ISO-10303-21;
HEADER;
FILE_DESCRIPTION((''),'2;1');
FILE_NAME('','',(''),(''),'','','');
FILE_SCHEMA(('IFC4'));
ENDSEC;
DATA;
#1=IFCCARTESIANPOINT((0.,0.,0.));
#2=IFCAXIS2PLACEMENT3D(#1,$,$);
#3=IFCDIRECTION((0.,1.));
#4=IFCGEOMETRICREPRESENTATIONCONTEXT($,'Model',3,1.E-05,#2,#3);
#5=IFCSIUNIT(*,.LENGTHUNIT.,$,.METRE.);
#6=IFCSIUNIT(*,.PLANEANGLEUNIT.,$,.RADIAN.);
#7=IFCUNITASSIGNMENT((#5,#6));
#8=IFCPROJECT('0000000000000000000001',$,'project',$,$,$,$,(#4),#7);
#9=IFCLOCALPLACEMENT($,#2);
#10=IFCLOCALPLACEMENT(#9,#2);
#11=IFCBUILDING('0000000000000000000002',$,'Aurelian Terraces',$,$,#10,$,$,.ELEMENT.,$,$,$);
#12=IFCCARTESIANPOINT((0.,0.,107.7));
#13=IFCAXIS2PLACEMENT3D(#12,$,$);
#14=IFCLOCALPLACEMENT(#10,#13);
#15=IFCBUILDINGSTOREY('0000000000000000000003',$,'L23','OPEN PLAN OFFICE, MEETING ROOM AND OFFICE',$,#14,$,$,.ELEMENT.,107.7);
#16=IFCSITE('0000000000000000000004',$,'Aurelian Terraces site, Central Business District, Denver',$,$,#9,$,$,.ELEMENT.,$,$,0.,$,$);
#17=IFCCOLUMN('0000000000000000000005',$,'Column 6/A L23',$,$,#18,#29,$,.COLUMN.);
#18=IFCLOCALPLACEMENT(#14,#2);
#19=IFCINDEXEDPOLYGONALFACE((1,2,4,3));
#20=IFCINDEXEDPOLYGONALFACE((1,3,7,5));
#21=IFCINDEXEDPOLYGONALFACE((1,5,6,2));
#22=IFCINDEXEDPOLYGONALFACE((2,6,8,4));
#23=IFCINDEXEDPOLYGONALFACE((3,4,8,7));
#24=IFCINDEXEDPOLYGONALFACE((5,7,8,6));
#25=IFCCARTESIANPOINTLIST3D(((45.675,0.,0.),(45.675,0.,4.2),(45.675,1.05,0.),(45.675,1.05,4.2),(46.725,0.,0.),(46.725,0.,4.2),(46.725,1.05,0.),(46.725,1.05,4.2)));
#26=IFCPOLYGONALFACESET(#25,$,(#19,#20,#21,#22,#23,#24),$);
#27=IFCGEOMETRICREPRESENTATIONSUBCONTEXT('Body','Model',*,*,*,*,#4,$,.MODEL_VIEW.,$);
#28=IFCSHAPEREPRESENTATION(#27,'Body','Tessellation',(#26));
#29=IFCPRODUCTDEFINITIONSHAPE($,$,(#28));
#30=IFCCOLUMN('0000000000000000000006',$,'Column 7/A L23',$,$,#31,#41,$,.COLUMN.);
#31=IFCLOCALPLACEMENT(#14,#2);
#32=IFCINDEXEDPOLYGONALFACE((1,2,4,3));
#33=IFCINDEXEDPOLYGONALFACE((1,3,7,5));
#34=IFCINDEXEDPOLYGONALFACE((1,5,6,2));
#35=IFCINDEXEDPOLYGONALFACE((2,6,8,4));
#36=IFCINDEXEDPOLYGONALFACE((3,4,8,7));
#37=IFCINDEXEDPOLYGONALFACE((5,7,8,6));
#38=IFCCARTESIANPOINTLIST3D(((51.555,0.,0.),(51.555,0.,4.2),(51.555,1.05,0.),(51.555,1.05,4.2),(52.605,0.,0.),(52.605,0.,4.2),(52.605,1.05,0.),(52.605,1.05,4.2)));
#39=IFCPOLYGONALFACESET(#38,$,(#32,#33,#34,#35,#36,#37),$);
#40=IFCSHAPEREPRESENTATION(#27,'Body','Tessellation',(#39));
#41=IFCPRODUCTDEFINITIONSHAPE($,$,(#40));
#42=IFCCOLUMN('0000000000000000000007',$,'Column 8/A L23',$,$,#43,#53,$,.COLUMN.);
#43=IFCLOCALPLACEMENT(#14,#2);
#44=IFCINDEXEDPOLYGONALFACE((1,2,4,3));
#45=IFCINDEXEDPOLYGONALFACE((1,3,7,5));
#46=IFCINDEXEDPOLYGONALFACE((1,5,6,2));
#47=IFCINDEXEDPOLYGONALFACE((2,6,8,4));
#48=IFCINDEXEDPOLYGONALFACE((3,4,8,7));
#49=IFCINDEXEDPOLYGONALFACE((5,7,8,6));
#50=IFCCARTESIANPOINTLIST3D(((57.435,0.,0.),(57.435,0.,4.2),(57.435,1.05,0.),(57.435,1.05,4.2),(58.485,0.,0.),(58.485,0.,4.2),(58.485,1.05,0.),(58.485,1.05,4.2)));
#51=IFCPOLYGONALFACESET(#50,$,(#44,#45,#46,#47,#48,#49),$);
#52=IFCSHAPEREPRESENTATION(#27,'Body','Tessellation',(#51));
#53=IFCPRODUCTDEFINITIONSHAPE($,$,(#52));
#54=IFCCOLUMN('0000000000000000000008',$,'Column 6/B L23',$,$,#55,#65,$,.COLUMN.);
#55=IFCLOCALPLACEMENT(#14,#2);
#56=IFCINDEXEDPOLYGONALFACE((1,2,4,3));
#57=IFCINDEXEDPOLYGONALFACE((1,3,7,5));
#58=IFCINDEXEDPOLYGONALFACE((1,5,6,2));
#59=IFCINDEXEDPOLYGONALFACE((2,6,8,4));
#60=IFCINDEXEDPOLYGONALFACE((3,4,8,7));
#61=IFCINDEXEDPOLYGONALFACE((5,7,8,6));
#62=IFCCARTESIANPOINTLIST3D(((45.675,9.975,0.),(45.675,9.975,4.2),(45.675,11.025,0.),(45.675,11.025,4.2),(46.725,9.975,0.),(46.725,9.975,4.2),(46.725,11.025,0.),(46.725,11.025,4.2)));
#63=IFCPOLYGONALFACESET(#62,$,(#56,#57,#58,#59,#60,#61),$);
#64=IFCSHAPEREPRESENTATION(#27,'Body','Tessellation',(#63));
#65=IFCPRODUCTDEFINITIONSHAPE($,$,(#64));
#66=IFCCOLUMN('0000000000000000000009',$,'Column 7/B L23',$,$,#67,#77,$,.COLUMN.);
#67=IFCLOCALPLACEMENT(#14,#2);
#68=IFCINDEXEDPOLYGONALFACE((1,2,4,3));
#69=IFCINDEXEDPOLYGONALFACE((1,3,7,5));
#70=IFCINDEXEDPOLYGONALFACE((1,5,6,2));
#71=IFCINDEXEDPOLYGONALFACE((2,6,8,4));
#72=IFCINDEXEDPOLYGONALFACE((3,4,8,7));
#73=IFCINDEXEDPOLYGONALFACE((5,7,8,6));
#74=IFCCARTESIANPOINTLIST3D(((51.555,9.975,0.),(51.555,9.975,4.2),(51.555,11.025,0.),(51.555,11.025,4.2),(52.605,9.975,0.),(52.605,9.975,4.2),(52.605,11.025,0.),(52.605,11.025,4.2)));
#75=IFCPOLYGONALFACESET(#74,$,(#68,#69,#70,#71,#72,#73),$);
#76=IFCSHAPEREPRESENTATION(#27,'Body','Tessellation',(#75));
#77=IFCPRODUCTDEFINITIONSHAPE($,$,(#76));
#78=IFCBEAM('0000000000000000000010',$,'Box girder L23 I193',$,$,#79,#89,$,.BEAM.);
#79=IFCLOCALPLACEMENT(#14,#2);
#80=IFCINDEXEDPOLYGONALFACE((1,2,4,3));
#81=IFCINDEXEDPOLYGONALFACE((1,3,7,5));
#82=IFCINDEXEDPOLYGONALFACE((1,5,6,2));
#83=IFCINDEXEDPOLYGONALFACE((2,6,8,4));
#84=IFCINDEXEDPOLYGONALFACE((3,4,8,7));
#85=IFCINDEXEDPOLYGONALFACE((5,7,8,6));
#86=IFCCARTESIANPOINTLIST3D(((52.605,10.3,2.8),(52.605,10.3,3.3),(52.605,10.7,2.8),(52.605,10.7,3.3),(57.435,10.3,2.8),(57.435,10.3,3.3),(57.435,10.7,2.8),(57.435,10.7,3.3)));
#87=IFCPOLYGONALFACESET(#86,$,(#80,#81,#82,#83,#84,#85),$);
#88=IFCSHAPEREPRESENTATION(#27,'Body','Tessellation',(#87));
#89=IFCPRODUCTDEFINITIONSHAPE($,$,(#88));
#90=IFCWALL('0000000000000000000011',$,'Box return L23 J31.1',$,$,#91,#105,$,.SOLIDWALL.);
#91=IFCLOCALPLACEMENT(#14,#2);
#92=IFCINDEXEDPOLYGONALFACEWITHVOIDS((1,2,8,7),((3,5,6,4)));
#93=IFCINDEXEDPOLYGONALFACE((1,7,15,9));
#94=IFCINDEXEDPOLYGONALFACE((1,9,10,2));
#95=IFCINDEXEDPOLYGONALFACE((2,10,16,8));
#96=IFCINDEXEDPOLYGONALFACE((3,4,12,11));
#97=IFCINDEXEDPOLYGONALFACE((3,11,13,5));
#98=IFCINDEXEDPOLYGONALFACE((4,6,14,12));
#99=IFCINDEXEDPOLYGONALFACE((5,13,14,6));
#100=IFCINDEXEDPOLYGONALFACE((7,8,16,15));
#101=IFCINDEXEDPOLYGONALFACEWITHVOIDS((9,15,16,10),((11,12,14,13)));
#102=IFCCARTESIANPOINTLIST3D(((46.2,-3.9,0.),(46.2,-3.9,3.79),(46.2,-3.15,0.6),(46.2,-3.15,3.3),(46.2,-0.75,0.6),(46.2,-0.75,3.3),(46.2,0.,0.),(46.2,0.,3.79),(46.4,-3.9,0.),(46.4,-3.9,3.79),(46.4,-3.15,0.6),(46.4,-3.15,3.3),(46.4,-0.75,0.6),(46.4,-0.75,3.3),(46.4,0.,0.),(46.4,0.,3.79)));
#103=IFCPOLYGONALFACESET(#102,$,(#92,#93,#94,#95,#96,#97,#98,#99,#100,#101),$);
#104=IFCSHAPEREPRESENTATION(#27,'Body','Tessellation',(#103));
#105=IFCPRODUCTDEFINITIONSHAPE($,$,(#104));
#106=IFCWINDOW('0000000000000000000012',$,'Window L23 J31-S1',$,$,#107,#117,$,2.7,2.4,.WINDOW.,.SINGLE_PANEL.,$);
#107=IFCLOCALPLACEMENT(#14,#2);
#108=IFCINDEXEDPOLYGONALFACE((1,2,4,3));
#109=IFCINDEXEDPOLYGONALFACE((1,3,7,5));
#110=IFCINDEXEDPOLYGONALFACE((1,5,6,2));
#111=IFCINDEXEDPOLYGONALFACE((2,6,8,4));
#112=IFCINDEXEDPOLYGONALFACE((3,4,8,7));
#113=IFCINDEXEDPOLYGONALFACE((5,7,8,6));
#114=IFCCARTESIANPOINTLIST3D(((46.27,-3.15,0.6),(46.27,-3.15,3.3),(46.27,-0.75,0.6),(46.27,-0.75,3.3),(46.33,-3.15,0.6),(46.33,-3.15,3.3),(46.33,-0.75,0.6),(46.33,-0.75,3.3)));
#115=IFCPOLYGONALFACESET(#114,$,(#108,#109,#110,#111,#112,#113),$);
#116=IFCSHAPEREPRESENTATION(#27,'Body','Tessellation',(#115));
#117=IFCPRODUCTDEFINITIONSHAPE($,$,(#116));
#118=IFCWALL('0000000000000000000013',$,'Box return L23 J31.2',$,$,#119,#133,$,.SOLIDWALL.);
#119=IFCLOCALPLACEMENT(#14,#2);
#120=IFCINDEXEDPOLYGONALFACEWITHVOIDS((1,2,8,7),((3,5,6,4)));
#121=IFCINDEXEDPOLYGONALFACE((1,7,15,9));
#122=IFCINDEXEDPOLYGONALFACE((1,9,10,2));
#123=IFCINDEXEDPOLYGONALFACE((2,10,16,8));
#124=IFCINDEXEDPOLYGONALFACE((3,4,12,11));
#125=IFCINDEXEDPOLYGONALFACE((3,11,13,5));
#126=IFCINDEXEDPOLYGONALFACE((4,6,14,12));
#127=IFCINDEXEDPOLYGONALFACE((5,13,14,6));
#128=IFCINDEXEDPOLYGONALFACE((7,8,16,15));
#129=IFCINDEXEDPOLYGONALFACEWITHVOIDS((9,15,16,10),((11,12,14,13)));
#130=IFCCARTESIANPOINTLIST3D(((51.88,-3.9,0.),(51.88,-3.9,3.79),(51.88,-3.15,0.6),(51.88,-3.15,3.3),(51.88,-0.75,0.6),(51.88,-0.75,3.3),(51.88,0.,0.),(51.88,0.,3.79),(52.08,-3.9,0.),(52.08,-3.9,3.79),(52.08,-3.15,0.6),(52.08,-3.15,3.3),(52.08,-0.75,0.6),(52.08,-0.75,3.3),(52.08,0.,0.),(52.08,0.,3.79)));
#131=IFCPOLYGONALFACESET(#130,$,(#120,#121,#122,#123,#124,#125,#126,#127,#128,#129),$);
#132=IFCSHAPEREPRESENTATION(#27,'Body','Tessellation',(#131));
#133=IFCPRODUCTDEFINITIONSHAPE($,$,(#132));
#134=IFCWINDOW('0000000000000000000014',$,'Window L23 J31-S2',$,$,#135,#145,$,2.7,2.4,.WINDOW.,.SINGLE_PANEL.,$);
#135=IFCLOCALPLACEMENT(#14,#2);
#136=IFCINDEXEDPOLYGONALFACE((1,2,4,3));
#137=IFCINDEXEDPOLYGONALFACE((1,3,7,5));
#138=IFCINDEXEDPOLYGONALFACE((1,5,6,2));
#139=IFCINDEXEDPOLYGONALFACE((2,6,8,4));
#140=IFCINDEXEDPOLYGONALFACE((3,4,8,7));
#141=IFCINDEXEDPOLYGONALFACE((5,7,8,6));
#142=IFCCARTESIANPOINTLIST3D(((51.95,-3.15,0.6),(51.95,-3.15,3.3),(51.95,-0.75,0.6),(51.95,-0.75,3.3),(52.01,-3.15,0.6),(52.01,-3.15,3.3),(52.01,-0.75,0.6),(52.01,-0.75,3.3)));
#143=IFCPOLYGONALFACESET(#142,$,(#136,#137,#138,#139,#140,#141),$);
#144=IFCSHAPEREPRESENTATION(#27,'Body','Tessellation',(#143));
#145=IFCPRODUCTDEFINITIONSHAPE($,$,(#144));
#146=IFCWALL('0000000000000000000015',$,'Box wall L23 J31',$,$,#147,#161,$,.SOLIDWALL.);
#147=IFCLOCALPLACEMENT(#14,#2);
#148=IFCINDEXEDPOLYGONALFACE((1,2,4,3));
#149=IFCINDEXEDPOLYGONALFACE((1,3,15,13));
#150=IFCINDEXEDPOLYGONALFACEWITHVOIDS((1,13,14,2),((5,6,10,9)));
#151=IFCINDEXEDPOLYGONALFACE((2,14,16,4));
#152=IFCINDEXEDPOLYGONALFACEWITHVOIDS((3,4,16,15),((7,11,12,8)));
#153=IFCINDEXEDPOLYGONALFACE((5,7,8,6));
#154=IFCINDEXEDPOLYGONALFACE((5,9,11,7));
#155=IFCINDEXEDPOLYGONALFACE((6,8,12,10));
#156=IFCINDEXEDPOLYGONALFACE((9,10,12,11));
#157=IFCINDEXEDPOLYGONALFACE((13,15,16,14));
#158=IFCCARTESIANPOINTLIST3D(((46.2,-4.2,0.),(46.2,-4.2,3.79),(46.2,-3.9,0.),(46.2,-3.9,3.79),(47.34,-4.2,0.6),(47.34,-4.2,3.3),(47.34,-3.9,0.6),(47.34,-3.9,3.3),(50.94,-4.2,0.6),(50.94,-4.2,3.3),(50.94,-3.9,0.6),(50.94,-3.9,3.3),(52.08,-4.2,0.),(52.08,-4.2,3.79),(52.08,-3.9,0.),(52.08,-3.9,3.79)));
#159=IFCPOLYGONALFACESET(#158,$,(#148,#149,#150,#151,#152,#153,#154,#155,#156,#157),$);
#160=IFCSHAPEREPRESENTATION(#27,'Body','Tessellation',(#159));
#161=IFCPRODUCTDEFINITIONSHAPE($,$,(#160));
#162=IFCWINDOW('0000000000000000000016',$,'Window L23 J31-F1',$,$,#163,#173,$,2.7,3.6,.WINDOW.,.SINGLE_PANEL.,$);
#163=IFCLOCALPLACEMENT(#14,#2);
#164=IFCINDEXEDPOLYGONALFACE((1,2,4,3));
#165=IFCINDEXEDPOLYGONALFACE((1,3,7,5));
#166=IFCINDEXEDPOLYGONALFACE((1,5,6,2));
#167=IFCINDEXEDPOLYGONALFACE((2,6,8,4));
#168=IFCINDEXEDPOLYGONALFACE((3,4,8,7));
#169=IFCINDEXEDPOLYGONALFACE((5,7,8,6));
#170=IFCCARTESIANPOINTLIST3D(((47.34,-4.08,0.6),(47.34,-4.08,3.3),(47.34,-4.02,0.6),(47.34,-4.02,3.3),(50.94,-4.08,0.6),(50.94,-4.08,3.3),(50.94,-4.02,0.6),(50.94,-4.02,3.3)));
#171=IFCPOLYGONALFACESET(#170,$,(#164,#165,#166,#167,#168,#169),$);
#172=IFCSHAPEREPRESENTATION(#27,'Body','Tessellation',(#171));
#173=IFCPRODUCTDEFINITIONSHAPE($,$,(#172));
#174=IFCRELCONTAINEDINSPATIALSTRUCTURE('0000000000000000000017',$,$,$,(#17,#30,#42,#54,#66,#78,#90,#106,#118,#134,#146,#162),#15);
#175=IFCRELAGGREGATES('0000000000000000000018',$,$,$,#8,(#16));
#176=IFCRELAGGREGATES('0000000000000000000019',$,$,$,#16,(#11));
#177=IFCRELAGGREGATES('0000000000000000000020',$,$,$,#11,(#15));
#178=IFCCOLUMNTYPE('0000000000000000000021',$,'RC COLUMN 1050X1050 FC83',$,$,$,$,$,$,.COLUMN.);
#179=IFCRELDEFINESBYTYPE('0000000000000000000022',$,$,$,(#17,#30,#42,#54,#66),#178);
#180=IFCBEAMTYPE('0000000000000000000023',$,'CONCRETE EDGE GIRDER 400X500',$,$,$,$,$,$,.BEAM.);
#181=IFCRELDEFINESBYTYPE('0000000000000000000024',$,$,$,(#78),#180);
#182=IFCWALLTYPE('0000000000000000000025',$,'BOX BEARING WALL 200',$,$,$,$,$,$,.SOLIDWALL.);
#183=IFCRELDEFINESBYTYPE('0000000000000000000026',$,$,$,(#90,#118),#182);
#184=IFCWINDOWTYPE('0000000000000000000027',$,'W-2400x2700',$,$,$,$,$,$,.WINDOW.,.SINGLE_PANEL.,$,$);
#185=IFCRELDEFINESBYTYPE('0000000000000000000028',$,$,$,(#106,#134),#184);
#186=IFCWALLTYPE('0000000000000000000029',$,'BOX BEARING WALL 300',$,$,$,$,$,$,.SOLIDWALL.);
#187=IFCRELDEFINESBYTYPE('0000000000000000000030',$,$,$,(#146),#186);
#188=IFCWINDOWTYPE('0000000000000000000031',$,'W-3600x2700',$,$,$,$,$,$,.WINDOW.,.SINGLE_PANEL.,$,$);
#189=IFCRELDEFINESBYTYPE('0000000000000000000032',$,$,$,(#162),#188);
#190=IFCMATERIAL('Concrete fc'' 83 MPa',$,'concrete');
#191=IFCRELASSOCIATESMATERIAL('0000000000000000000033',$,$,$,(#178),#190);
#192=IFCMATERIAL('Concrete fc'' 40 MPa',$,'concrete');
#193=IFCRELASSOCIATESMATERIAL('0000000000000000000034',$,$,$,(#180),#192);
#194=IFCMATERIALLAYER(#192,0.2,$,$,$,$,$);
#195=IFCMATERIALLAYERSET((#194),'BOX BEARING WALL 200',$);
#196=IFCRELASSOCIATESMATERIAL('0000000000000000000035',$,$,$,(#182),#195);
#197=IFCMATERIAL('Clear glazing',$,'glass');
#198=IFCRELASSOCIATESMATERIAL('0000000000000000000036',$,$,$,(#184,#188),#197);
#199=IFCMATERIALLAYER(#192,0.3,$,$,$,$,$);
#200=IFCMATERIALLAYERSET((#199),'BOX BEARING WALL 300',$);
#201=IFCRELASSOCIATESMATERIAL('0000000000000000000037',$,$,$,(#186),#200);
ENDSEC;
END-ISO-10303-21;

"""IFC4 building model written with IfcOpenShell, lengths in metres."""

from ifc_helpers import new_model, si_unit, direction, frame, frame_2d, origin, origin_2d, place, context, subcontext, project, spatial, rectangle, extrude, source, transform, mapped, material, layer, layer_set, material_profile, profile_set, type_object, element, fill, save


model = new_model("IFC4")

# Units and contexts
model_context = context("Model", 3, precision=1e-05, world=origin(), true_north=direction((0.0, 1.0)))
body_context = subcontext(model_context, "Body", "Model", "MODEL_VIEW")
ifc_project = project(units=[si_unit("LENGTHUNIT", "METRE"), si_unit("PLANEANGLEUNIT", "RADIAN")], contexts=[model_context])

# Site, building, storey
site_placement = place(None, origin())
site = spatial("IfcSite", under=ifc_project, at=site_placement, Name="Aurelian Terraces site, Central Business District, Denver", CompositionType="ELEMENT", RefElevation=0.0)
building_placement = place(site_placement, origin())
building = spatial("IfcBuilding", under=site, at=building_placement, Name="Aurelian Terraces", CompositionType="ELEMENT")
storey_placement = place(building_placement, frame((0.0, 0.0, 107.7)))
storey = spatial("IfcBuildingStorey", under=building, at=storey_placement, Name="L23", Description="OPEN PLAN OFFICE, MEETING ROOM AND OFFICE", CompositionType="ELEMENT", Elevation=107.7)

# Columns
ifc_material_1 = material(Name="Concrete fc' 83 MPa", Category="concrete")
ifc_material_profile_1 = material_profile(ifc_material_1, rectangle(XDim=1.05, YDim=1.05, at=origin_2d()))
ifc_profile_set_1 = profile_set([ifc_material_profile_1], Name="Concrete fc' 83 MPa")
column_type = type_object("IfcColumnType", Name="RC COLUMN 1050X1050 FC83", PredefinedType="COLUMN", material=ifc_profile_set_1)
shared_shape_1 = source(origin(), body_context, "Body", "SweptSolid", [
    extrude(rectangle(XDim=1.05, YDim=1.05, at=origin_2d()), origin(), (0.0, 0.0, 1.0), 4.2),
])
for number, where, z_axis, x_axis, name in (
    (1, (46.2, 0.525, 0.0), (0.0, 0.0, 1.0), (1.0, 0.0, 0.0), "Column 6/A L23"),
    (2, (52.08, 0.525, 0.0), (0.0, 0.0, 1.0), (1.0, 0.0, 0.0), "Column 7/A L23"),
    (3, (57.96, 0.525, 0.0), (0.0, 0.0, 1.0), (1.0, 0.0, 0.0), "Column 8/A L23"),
    (4, (46.2, 10.5, 0.0), (0.0, 0.0, 1.0), (1.0, 0.0, 0.0), "Column 6/B L23"),
    (5, (52.08, 10.5, 0.0), (0.0, 0.0, 1.0), (1.0, 0.0, 0.0), "Column 7/B L23"),
):
    element("IfcColumn", number, at=place(storey_placement, frame(where, z_axis=z_axis, x_axis=x_axis)), inside=storey, type_object=column_type, Name=name, PredefinedType="COLUMN", context=body_context, shape_type="MappedRepresentation", body=[
        mapped(shared_shape_1, transform((0.0, 0.0, 0.0), scale=1.0)),
    ])

# Beam
ifc_material_2 = material(Name="Concrete fc' 40 MPa", Category="concrete")
ifc_material_profile_2 = material_profile(ifc_material_2, rectangle(XDim=0.4, YDim=0.5, at=origin_2d()))
ifc_profile_set_2 = profile_set([ifc_material_profile_2], Name="Concrete fc' 40 MPa")
beam_type = type_object("IfcBeamType", Name="CONCRETE EDGE GIRDER 400X500", PredefinedType="BEAM", material=ifc_profile_set_2)
shared_shape_2 = source(origin(), body_context, "Body", "SweptSolid", [
    extrude(rectangle(XDim=0.4, YDim=0.5, at=origin_2d()), origin(), (0.0, 0.0, 1.0), 4.83),
])
beam_placement = place(storey_placement, frame((52.605, 10.5, 3.05), z_axis=(1.0, 0.0, 0.0), x_axis=(0.0, 1.0, 0.0)))
element("IfcBeam", 6, at=beam_placement, inside=storey, type_object=beam_type, Name="Box girder L23 I193", PredefinedType="BEAM", context=body_context, shape_type="MappedRepresentation", body=[
    mapped(shared_shape_2, transform((0.0, 0.0, 0.0), scale=1.0)),
])

# Walls, openings, windows
ifc_layer_1 = layer(ifc_material_2, 0.2)
ifc_layer_set_1 = layer_set([ifc_layer_1], Name="BOX BEARING WALL 200")
wall_type_1 = type_object("IfcWallType", Name="BOX BEARING WALL 200", PredefinedType="SOLIDWALL", material=ifc_layer_set_1)
shared_shape_3 = source(origin(), body_context, "Body", "SweptSolid", [
    extrude(rectangle(XDim=3.9, YDim=0.2, at=frame_2d((1.95, 0.0))), origin(), (0.0, 0.0, 1.0), 3.79),
])
wall_1_placement = place(storey_placement, frame((46.3, 0.0, 0.0), z_axis=(0.0, 0.0, 1.0), x_axis=(0.0, -1.0, 0.0)))
wall_1 = element("IfcWall", 7, at=wall_1_placement, inside=storey, type_object=wall_type_1, Name="Box return L23 J31.1", PredefinedType="SOLIDWALL", context=body_context, shape_type="MappedRepresentation", body=[
    mapped(shared_shape_3, transform((0.0, 0.0, 0.0), scale=1.0)),
])
shared_shape_4 = source(origin(), body_context, "Body", "SweptSolid", [
    extrude(rectangle(XDim=2.4, YDim=2.7, at=frame_2d((1.2, 1.35))), frame((0.0, 0.11, 0.0), z_axis=(0.0, -1.0, 0.0), x_axis=(1.0, 0.0, 0.0)), (0.0, 0.0, 1.0), 0.22),
])
opening_1_placement = place(wall_1_placement, frame((0.75, 0.0, 0.6)))
opening_1 = element("IfcOpeningElement", 8, at=opening_1_placement, cuts=wall_1, PredefinedType="OPENING", context=body_context, shape_type="MappedRepresentation", body=[
    mapped(shared_shape_4, transform((0.0, 0.0, 0.0), scale=1.0)),
])
ifc_material_3 = material(Name="Clear glazing", Category="glass")
window_type_1 = type_object("IfcWindowType", Name="W-2400x2700", PartitioningType="SINGLE_PANEL", PredefinedType="WINDOW", material=ifc_material_3)
shared_shape_5 = source(origin(), body_context, "Body", "SweptSolid", [
    extrude(rectangle(XDim=2.4, YDim=2.7, at=frame_2d((1.2, 1.35))), frame((0.0, 0.03, 0.0), z_axis=(0.0, -1.0, 0.0), x_axis=(1.0, 0.0, 0.0)), (0.0, 0.0, 1.0), 0.06),
])
window_1_placement = place(opening_1_placement, origin())
window_1 = element("IfcWindow", 9, at=window_1_placement, inside=storey, type_object=window_type_1, Name="Window L23 J31-S1", OverallHeight=2.7, OverallWidth=2.4, PartitioningType="SINGLE_PANEL", PredefinedType="WINDOW", context=body_context, shape_type="MappedRepresentation", body=[
    mapped(shared_shape_5, transform((0.0, 0.0, 0.0), scale=1.0)),
])
fill(opening_1, window_1)
wall_2_placement = place(storey_placement, frame((51.98, 0.0, 0.0), z_axis=(0.0, 0.0, 1.0), x_axis=(0.0, -1.0, 0.0)))
wall_2 = element("IfcWall", 10, at=wall_2_placement, inside=storey, type_object=wall_type_1, Name="Box return L23 J31.2", PredefinedType="SOLIDWALL", context=body_context, shape_type="MappedRepresentation", body=[
    mapped(shared_shape_3, transform((0.0, 0.0, 0.0), scale=1.0)),
])
opening_2_placement = place(wall_2_placement, frame((0.75, 0.0, 0.6)))
opening_2 = element("IfcOpeningElement", 11, at=opening_2_placement, cuts=wall_2, PredefinedType="OPENING", context=body_context, shape_type="MappedRepresentation", body=[
    mapped(shared_shape_4, transform((0.0, 0.0, 0.0), scale=1.0)),
])
window_2_placement = place(opening_2_placement, origin())
window_2 = element("IfcWindow", 12, at=window_2_placement, inside=storey, type_object=window_type_1, Name="Window L23 J31-S2", OverallHeight=2.7, OverallWidth=2.4, PartitioningType="SINGLE_PANEL", PredefinedType="WINDOW", context=body_context, shape_type="MappedRepresentation", body=[
    mapped(shared_shape_5, transform((0.0, 0.0, 0.0), scale=1.0)),
])
fill(opening_2, window_2)
ifc_layer_2 = layer(ifc_material_2, 0.3)
ifc_layer_set_2 = layer_set([ifc_layer_2], Name="BOX BEARING WALL 300")
wall_type_2 = type_object("IfcWallType", Name="BOX BEARING WALL 300", PredefinedType="SOLIDWALL", material=ifc_layer_set_2)
shared_shape_6 = source(origin(), body_context, "Body", "SweptSolid", [
    extrude(rectangle(XDim=5.88, YDim=0.3, at=frame_2d((2.94, 0.0))), origin(), (0.0, 0.0, 1.0), 3.79),
])
wall_3_placement = place(storey_placement, frame((46.2, -4.05, 0.0), z_axis=(0.0, 0.0, 1.0), x_axis=(1.0, 0.0, 0.0)))
wall_3 = element("IfcWall", 13, at=wall_3_placement, inside=storey, type_object=wall_type_2, Name="Box wall L23 J31", PredefinedType="SOLIDWALL", context=body_context, shape_type="MappedRepresentation", body=[
    mapped(shared_shape_6, transform((0.0, 0.0, 0.0), scale=1.0)),
])
shared_shape_7 = source(origin(), body_context, "Body", "SweptSolid", [
    extrude(rectangle(XDim=3.6, YDim=2.7, at=frame_2d((1.8, 1.35))), frame((0.0, 0.16, 0.0), z_axis=(0.0, -1.0, 0.0), x_axis=(1.0, 0.0, 0.0)), (0.0, 0.0, 1.0), 0.32),
])
opening_3_placement = place(wall_3_placement, frame((1.14, 0.0, 0.6)))
opening_3 = element("IfcOpeningElement", 14, at=opening_3_placement, cuts=wall_3, PredefinedType="OPENING", context=body_context, shape_type="MappedRepresentation", body=[
    mapped(shared_shape_7, transform((0.0, 0.0, 0.0), scale=1.0)),
])
window_type_2 = type_object("IfcWindowType", Name="W-3600x2700", PartitioningType="SINGLE_PANEL", PredefinedType="WINDOW", material=ifc_material_3)
shared_shape_8 = source(origin(), body_context, "Body", "SweptSolid", [
    extrude(rectangle(XDim=3.6, YDim=2.7, at=frame_2d((1.8, 1.35))), frame((0.0, 0.03, 0.0), z_axis=(0.0, -1.0, 0.0), x_axis=(1.0, 0.0, 0.0)), (0.0, 0.0, 1.0), 0.06),
])
window_3_placement = place(opening_3_placement, origin())
window_3 = element("IfcWindow", 15, at=window_3_placement, inside=storey, type_object=window_type_2, Name="Window L23 J31-F1", OverallHeight=2.7, OverallWidth=3.6, PartitioningType="SINGLE_PANEL", PredefinedType="WINDOW", context=body_context, shape_type="MappedRepresentation", body=[
    mapped(shared_shape_8, transform((0.0, 0.0, 0.0), scale=1.0)),
])
fill(opening_3, window_3)

save(model, "model.ifc")
